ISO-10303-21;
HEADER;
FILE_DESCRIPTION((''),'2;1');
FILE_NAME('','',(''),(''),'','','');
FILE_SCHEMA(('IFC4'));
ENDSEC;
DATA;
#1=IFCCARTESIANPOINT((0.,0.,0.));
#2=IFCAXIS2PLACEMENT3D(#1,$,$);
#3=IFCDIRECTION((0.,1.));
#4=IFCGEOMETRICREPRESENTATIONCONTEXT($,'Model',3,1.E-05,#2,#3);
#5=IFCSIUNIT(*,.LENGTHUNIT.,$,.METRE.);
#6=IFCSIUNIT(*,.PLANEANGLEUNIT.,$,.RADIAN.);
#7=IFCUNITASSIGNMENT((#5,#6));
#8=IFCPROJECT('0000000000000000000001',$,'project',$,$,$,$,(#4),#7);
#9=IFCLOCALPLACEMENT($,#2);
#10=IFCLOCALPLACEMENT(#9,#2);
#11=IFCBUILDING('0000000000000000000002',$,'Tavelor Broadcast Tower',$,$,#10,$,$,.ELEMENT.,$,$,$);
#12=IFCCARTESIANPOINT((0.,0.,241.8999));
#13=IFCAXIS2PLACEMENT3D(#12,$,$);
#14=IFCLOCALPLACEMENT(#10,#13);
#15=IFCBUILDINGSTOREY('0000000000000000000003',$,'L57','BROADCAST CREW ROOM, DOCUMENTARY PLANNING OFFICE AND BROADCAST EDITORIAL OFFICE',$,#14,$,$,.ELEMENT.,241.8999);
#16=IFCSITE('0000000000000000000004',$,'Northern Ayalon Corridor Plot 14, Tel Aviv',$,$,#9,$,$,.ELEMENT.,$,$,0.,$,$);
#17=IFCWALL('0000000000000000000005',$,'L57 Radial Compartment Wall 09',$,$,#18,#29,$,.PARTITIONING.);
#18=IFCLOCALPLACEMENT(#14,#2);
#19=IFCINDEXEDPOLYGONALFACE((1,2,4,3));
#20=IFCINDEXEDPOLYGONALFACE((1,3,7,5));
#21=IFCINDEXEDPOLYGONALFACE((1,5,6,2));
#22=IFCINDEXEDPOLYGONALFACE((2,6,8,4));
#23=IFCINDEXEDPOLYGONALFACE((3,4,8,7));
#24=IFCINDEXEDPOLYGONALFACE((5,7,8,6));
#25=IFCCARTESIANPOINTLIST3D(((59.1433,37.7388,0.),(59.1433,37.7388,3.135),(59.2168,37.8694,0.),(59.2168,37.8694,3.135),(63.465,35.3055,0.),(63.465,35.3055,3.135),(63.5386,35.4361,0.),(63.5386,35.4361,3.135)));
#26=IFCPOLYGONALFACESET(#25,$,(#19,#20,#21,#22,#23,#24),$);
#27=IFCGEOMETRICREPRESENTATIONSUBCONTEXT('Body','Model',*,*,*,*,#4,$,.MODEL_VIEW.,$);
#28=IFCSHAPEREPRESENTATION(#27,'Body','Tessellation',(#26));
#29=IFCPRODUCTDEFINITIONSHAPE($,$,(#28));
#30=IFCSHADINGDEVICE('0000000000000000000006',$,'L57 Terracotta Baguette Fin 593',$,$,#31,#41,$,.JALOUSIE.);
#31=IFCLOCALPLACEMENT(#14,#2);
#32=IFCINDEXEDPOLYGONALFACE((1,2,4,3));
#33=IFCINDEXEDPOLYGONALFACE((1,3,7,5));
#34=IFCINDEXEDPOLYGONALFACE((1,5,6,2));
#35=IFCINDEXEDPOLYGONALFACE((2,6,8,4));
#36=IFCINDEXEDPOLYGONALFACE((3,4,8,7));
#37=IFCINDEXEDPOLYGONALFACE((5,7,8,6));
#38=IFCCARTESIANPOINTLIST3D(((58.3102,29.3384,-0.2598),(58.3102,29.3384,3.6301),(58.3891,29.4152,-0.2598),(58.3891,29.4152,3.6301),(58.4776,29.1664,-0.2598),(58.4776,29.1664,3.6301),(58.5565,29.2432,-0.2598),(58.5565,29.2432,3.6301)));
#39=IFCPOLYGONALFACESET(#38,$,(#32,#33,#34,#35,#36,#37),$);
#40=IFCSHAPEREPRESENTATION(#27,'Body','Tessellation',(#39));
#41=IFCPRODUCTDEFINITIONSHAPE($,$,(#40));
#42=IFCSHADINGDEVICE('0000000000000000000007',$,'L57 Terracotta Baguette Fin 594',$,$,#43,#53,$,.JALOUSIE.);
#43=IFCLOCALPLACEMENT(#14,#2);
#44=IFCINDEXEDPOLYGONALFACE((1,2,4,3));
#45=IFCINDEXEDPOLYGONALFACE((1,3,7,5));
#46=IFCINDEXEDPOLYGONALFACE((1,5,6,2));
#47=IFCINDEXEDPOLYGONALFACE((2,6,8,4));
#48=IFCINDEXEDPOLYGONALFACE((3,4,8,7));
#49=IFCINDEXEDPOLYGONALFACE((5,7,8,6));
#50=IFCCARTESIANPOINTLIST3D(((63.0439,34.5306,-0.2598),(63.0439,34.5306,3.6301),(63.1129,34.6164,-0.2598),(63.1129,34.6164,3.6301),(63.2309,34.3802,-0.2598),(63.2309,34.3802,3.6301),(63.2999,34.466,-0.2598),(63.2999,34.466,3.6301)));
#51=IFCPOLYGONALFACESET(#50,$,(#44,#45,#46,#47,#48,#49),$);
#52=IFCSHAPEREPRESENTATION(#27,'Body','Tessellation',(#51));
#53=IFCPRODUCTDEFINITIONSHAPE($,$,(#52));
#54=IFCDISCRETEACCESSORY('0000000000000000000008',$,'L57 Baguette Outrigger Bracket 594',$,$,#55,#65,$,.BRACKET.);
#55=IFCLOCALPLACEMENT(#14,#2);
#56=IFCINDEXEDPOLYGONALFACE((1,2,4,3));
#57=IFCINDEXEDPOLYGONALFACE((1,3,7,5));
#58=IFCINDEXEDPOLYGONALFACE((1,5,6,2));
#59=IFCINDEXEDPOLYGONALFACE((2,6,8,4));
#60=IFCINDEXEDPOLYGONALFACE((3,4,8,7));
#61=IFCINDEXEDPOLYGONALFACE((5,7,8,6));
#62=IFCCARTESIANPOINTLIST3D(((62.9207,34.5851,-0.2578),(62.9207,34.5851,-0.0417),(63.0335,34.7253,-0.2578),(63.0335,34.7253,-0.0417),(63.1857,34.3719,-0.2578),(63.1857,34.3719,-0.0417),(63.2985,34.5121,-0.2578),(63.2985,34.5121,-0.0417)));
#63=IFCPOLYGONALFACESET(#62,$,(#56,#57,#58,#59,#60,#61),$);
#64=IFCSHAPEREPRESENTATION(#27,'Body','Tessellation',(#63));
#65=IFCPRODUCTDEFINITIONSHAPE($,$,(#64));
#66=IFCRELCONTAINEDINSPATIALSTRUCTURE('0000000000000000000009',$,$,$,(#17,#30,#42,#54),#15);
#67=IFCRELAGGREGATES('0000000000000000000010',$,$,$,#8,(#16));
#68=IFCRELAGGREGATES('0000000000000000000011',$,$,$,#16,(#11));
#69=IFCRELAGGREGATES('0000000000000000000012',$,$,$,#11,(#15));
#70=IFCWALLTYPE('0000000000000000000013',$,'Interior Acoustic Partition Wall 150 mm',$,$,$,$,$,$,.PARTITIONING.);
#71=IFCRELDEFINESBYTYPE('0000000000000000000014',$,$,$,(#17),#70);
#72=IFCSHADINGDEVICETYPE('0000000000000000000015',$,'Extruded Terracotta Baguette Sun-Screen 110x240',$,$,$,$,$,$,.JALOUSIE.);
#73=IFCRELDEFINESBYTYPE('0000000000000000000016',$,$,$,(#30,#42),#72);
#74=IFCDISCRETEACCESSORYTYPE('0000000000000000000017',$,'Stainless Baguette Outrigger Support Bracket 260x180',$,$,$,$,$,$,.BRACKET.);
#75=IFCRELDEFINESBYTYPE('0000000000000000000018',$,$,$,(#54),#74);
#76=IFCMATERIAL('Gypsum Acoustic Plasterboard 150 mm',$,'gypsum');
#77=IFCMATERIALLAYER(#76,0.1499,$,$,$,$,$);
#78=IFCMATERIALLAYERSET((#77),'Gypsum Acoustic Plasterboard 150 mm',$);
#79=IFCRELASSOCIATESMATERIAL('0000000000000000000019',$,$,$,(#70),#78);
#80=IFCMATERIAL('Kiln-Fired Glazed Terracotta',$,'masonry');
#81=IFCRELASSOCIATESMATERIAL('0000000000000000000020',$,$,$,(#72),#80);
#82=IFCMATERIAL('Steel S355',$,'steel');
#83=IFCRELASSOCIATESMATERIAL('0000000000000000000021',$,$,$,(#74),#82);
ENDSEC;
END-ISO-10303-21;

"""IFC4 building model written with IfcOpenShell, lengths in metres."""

from ifc_helpers import new_model, si_unit, direction, frame, frame_2d, origin, origin_2d, place, context, subcontext, project, spatial, rectangle, extrude, source, transform, mapped, material, layer, layer_set, type_object, type_shapes, element, save


model = new_model("IFC4")

# Units and contexts
model_context = context("Model", 3, precision=1e-05, world=origin(), true_north=direction((0.0, 1.0)))
body_context = subcontext(model_context, "Body", "Model", "MODEL_VIEW")
ifc_project = project(units=[si_unit("LENGTHUNIT", "METRE"), si_unit("PLANEANGLEUNIT", "RADIAN")], contexts=[model_context])

# Site, building, storey
site_placement = place(None, origin())
site = spatial("IfcSite", under=ifc_project, at=site_placement, Name="Northern Ayalon Corridor Plot 14, Tel Aviv", CompositionType="ELEMENT", RefElevation=0.0)
building_placement = place(site_placement, origin())
building = spatial("IfcBuilding", under=site, at=building_placement, Name="Tavelor Broadcast Tower", CompositionType="ELEMENT")
storey_placement = place(building_placement, frame((0.0, 0.0, 241.8999)))
storey = spatial("IfcBuildingStorey", under=building, at=storey_placement, Name="L57", Description="BROADCAST CREW ROOM, DOCUMENTARY PLANNING OFFICE AND BROADCAST EDITORIAL OFFICE", CompositionType="ELEMENT", Elevation=241.8999)

# Shared definitions
ifc_material_1 = material(Name="Steel S355", Category="steel")

# Wall
ifc_material_2 = material(Name="Gypsum Acoustic Plasterboard 150 mm", Category="gypsum")
ifc_layer_1 = layer(ifc_material_2, 0.1499)
ifc_layer_set_1 = layer_set([ifc_layer_1], Name="Gypsum Acoustic Plasterboard 150 mm")
wall_type_1 = type_object("IfcWallType", Name="Interior Acoustic Partition Wall 150 mm", PredefinedType="PARTITIONING", material=ifc_layer_set_1)
wall_1_placement = place(storey_placement, frame((59.1799, 37.8042, 0.0), z_axis=(0.0, 0.0, 1.0), x_axis=(0.871373, -0.490621, 0.0)))
element("IfcWall", 1, at=wall_1_placement, inside=storey, type_object=wall_type_1, Name="L57 Radial Compartment Wall 09", PredefinedType="PARTITIONING", context=body_context, shape_type="SweptSolid", body=[
    extrude(rectangle(XDim=4.9597, YDim=0.1499, at=frame_2d((2.48, 0.0))), origin(), (0.0, 0.0, 1.0), 3.135),
])

# Shading devices
ifc_material_3 = material(Name="Kiln-Fired Glazed Terracotta", Category="masonry")
shading_device_type = type_object("IfcShadingDeviceType", Name="Extruded Terracotta Baguette Sun-Screen 110x240", PredefinedType="JALOUSIE", material=ifc_material_3)
shared_shape_1 = source(origin(), body_context, "Body", "SweptSolid", [
    extrude(rectangle(XDim=0.1101, YDim=0.24, at=origin_2d()), origin(), (0.0, 0.0, 1.0), 3.8899),
])
type_shapes(shading_device_type, [shared_shape_1])
for number, where, z_axis, x_axis, name in (
    (2, (58.4333, 29.2908, -0.2598), (0.0, 0.0, 1.0), (0.716545, 0.69754, 0.0), "L57 Terracotta Baguette Fin 593"),
    (3, (63.1719, 34.4983, -0.2598), (0.0, 0.0, 1.0), (0.626876, 0.779119, 0.0), "L57 Terracotta Baguette Fin 594"),
):
    element("IfcShadingDevice", number, at=place(storey_placement, frame(where, z_axis=z_axis, x_axis=x_axis)), inside=storey, type_object=shading_device_type, Name=name, PredefinedType="JALOUSIE", context=body_context, shape_type="MappedRepresentation", body=[
        mapped(shared_shape_1, transform((0.0, 0.0, 0.0), scale=1.0)),
    ])

# Discrete accessory
discrete_accessory_type = type_object("IfcDiscreteAccessoryType", Name="Stainless Baguette Outrigger Support Bracket 260x180", PredefinedType="BRACKET", material=ifc_material_1)
shared_shape_2 = source(origin(), body_context, "Body", "SweptSolid", [
    extrude(rectangle(XDim=0.1799, YDim=0.3401, at=origin_2d()), origin(), (0.0, 0.0, 1.0), 0.2161),
])
type_shapes(discrete_accessory_type, [shared_shape_2])
discrete_accessory_placement = place(storey_placement, frame((63.1096, 34.5486, -0.2578), z_axis=(0.0, 0.0, 1.0), x_axis=(0.626876, 0.779119, 0.0)))
element("IfcDiscreteAccessory", 4, at=discrete_accessory_placement, inside=storey, type_object=discrete_accessory_type, Name="L57 Baguette Outrigger Bracket 594", PredefinedType="BRACKET", context=body_context, shape_type="MappedRepresentation", body=[
    mapped(shared_shape_2, transform((0.0, 0.0, 0.0), scale=1.0)),
])

save(model, "model.ifc")
